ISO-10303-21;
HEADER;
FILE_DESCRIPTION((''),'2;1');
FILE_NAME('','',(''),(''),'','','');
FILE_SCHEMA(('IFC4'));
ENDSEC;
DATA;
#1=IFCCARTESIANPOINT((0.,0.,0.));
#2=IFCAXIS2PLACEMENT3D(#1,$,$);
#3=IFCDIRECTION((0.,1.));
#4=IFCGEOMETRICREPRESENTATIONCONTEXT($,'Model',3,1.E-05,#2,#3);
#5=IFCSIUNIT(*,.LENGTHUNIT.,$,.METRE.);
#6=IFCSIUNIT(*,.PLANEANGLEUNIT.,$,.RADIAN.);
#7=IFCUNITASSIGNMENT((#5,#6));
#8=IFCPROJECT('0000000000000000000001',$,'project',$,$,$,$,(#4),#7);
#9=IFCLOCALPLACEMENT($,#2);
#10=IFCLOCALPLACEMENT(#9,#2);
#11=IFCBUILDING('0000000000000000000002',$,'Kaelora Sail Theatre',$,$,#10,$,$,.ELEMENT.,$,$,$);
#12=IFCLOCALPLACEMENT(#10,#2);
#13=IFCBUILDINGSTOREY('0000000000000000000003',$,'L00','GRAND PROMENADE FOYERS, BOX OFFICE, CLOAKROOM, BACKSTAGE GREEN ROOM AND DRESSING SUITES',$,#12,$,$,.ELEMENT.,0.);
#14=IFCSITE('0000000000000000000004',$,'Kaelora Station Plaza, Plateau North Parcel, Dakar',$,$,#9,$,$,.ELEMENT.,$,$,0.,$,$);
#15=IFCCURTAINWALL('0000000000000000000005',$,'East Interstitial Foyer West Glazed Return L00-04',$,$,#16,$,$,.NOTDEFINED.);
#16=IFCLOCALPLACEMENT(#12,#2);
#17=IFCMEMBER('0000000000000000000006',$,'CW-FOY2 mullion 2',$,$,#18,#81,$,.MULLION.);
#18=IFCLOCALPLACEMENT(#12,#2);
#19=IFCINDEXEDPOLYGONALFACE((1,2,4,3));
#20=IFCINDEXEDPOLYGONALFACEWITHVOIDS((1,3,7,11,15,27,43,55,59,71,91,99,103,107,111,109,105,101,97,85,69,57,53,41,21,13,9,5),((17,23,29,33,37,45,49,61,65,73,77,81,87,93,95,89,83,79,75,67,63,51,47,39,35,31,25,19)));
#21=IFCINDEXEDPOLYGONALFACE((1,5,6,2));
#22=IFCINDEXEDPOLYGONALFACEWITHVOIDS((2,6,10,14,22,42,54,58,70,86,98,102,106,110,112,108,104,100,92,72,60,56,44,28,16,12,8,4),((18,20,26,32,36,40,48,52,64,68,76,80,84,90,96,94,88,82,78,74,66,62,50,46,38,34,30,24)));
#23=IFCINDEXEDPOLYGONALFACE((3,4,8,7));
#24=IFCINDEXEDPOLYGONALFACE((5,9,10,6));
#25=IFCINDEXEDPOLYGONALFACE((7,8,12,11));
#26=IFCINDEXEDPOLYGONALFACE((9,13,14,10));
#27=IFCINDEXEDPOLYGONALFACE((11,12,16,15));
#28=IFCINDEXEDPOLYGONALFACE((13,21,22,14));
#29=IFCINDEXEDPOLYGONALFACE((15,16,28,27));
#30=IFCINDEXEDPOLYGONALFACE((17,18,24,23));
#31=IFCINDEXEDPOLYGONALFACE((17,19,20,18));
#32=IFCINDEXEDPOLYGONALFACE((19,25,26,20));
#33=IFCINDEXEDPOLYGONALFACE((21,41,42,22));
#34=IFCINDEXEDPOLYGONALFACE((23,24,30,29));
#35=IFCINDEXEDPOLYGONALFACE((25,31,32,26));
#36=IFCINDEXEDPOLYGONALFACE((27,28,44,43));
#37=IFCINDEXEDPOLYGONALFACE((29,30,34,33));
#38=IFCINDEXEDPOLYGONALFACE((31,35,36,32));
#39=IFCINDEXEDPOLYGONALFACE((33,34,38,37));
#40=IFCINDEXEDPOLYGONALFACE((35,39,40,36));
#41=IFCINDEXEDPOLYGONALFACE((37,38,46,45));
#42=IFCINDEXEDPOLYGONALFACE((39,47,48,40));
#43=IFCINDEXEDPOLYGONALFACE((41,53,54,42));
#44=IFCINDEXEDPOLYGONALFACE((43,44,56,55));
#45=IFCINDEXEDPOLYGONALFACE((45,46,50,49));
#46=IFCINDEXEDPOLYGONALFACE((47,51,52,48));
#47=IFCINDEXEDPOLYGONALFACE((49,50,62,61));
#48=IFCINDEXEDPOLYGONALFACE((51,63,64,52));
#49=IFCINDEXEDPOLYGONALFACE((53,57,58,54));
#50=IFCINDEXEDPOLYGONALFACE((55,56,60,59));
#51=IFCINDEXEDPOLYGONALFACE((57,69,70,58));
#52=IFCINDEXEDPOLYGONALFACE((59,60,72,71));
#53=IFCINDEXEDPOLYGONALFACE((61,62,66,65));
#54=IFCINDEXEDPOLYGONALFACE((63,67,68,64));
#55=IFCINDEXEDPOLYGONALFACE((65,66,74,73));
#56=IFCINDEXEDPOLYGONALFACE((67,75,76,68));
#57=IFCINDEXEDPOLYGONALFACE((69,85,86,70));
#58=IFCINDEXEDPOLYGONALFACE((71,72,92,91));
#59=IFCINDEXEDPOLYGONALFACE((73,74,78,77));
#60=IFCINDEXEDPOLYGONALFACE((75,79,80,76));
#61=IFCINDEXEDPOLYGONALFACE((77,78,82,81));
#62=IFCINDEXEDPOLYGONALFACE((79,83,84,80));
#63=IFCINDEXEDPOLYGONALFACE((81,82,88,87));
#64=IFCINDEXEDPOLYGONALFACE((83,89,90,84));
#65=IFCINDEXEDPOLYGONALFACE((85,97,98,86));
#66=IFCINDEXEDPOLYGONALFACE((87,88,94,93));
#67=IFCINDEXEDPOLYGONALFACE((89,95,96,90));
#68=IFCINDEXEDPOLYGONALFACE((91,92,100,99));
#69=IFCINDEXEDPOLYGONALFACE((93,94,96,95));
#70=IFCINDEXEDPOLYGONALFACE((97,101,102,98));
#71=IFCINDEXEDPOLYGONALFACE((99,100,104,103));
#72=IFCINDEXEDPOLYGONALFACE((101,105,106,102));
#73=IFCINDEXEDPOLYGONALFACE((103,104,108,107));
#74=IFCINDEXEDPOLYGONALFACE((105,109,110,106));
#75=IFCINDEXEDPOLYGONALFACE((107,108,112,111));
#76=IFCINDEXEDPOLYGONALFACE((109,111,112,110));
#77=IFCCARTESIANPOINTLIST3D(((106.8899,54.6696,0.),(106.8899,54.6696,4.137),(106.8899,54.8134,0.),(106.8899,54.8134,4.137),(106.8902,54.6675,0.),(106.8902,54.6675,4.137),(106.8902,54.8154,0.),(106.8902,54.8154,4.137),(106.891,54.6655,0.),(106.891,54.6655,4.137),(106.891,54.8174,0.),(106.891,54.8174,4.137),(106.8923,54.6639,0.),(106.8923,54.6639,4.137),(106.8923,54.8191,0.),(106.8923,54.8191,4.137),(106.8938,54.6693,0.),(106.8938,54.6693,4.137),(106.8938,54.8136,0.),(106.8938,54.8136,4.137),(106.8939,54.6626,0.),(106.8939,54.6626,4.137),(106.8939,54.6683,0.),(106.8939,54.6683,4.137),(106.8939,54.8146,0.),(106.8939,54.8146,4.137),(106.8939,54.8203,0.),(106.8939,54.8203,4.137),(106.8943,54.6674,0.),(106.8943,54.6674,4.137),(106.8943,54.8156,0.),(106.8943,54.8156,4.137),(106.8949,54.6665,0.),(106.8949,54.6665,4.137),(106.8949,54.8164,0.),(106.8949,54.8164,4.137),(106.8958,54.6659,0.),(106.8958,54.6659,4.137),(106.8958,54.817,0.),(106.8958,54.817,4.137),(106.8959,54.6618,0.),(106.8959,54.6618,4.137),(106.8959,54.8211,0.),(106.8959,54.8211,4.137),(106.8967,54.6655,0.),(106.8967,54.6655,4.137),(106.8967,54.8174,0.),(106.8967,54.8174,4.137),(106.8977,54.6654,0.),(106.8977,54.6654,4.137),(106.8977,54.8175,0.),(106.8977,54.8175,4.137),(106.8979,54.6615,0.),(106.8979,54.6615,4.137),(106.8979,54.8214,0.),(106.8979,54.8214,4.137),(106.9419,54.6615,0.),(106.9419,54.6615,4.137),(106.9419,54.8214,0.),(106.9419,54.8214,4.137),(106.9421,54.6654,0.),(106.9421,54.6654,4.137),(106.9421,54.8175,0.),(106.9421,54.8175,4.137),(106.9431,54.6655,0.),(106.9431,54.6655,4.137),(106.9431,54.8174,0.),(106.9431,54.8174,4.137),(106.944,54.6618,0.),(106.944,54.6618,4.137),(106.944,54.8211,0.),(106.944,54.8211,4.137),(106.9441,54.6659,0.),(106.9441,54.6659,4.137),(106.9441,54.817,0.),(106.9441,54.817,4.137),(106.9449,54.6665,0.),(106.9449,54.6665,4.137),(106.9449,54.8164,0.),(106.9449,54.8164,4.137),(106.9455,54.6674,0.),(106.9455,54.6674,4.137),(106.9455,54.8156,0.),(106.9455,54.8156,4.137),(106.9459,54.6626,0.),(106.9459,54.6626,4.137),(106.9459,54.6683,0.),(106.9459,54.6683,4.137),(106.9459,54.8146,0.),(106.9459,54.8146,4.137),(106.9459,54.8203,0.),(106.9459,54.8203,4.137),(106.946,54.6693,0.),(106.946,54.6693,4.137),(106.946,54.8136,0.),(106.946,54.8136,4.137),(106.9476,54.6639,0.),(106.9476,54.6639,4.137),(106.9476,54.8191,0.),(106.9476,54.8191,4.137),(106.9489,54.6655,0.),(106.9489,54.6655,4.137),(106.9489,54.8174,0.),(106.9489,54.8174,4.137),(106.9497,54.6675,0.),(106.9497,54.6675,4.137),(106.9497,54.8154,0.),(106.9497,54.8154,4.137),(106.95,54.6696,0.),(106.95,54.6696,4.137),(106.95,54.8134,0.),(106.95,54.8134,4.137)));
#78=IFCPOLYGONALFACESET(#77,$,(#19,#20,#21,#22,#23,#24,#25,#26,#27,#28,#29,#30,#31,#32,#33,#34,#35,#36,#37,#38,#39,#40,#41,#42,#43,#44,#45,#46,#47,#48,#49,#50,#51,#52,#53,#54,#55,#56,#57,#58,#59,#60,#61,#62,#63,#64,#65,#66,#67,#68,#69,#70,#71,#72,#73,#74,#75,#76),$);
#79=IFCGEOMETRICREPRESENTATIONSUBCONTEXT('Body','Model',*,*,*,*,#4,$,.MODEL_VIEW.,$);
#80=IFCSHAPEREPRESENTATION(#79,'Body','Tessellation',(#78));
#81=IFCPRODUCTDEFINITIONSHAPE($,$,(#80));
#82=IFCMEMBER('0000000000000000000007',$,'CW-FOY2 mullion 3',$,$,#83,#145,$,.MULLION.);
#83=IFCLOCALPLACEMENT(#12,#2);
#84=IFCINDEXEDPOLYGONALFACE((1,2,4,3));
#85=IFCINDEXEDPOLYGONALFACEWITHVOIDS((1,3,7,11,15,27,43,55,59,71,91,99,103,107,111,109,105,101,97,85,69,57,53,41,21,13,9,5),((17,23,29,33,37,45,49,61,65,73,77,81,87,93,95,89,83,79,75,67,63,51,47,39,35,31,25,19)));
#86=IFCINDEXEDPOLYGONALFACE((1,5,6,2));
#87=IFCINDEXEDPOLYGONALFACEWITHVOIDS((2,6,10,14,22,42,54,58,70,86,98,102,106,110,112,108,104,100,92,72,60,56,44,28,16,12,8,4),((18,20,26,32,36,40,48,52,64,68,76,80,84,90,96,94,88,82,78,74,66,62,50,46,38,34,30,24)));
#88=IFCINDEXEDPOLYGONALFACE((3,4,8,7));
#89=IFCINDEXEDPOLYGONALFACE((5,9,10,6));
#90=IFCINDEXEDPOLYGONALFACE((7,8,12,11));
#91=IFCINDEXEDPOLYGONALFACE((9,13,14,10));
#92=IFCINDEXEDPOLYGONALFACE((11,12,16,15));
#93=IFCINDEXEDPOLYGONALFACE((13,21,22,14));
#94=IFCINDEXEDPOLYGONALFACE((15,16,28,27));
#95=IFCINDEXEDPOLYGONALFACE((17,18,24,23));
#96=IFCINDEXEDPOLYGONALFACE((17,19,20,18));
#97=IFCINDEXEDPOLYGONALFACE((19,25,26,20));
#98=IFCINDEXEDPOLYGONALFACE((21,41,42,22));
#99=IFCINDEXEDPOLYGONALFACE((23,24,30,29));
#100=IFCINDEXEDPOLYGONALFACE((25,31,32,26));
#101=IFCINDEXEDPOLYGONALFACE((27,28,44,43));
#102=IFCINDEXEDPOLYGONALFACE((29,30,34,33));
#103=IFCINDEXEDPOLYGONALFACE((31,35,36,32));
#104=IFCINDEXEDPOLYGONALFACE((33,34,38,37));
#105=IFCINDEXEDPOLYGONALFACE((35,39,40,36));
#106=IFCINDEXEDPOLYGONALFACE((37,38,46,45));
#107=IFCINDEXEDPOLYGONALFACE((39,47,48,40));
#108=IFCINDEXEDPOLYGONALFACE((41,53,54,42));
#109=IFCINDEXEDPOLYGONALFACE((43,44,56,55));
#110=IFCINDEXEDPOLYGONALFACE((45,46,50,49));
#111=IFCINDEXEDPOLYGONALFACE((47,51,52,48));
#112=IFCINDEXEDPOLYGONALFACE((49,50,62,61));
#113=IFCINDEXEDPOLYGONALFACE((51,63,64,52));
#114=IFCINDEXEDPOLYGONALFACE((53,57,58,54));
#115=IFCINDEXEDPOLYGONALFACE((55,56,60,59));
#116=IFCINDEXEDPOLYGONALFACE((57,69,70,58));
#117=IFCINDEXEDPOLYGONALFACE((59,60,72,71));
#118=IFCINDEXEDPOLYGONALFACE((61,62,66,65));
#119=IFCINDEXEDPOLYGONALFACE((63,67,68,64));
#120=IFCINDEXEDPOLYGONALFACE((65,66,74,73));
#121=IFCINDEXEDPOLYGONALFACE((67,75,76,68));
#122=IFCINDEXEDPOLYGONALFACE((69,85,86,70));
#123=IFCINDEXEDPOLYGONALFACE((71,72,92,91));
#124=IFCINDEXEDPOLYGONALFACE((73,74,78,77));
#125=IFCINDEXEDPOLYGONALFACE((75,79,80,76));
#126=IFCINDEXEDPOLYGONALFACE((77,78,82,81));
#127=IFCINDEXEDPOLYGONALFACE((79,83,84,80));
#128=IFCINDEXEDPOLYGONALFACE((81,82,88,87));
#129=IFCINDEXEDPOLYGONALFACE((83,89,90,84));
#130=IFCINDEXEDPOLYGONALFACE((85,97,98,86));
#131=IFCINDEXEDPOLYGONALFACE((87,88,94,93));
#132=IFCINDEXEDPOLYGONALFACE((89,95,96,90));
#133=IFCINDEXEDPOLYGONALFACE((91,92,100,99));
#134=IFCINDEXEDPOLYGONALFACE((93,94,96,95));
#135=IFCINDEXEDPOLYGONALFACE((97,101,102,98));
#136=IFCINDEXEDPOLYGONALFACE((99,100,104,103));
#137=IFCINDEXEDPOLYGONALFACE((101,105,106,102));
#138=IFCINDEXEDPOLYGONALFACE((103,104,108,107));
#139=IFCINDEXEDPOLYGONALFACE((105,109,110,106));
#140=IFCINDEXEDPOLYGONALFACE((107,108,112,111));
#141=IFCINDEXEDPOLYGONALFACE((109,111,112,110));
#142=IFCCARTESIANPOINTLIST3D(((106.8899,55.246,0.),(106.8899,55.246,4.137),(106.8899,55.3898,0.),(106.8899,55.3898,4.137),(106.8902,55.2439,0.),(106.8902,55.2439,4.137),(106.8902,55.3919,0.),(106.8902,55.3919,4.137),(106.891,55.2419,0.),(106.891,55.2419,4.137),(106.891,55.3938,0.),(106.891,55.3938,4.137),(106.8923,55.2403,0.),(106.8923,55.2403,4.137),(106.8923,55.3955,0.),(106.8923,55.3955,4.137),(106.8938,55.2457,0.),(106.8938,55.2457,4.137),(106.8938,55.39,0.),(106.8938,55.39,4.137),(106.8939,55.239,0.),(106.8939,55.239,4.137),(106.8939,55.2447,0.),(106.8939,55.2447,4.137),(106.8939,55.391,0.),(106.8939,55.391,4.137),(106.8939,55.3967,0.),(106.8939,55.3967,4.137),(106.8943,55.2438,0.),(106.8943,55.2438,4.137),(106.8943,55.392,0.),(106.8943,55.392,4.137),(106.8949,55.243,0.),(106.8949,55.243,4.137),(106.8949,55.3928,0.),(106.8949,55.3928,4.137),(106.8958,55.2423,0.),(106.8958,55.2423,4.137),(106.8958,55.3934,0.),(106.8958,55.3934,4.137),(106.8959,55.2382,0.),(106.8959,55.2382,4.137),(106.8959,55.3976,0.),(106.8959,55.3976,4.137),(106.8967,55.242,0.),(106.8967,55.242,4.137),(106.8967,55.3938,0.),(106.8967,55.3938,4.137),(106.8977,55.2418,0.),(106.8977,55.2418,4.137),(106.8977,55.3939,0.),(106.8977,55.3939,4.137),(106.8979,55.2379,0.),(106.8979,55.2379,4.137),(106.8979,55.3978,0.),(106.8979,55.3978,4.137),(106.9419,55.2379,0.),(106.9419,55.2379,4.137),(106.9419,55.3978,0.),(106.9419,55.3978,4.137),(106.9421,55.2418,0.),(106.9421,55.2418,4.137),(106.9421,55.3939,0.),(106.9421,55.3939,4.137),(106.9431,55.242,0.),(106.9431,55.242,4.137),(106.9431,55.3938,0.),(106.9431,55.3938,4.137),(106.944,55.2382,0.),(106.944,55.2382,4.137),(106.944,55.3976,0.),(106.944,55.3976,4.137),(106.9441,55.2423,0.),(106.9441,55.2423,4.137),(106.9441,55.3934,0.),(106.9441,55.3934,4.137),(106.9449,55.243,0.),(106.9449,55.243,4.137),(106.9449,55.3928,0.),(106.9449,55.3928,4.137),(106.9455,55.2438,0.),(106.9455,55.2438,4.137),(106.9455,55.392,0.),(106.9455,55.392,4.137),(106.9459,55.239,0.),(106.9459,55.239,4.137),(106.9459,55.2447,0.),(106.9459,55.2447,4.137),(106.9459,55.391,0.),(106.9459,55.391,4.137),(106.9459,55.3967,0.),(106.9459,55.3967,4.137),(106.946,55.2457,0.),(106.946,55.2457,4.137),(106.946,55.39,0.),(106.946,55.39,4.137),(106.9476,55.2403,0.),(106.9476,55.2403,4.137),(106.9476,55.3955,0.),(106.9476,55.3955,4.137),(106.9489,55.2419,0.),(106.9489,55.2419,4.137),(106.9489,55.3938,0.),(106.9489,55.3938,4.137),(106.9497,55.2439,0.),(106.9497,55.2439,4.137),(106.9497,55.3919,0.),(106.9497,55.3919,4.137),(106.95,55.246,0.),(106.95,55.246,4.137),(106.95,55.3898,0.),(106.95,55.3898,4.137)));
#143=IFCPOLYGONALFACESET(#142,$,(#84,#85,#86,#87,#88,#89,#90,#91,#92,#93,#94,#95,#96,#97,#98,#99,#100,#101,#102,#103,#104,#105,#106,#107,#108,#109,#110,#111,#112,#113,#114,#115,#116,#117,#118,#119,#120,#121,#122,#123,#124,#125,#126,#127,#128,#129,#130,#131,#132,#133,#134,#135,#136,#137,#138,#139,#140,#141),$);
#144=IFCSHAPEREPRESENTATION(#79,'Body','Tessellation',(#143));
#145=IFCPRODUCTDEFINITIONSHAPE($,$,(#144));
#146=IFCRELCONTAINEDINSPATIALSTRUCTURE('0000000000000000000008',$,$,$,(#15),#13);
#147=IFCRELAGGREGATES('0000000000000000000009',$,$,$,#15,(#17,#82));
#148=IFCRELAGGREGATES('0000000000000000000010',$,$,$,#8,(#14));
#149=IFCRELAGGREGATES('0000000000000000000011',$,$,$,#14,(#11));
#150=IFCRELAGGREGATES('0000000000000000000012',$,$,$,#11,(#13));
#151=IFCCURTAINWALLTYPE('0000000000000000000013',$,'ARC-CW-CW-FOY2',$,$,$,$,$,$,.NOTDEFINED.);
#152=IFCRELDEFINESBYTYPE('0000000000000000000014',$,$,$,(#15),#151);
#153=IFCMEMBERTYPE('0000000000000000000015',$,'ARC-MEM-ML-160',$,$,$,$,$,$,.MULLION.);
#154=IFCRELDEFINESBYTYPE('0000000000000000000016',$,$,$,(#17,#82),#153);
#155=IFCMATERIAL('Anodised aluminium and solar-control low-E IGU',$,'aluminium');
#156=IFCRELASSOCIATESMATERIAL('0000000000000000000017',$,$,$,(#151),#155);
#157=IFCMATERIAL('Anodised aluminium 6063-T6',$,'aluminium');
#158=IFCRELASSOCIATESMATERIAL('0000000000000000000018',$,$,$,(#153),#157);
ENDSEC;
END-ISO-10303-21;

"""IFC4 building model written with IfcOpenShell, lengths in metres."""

from ifc_helpers import new_model, si_unit, direction, frame, origin, origin_2d, place, context, subcontext, project, spatial, hollow_rectangle, extrude, material, material_profile, profile_set, type_object, element, aggregate, save


model = new_model("IFC4")

# Units and contexts
model_context = context("Model", 3, precision=1e-05, world=origin(), true_north=direction((0.0, 1.0)))
body_context = subcontext(model_context, "Body", "Model", "MODEL_VIEW")
ifc_project = project(units=[si_unit("LENGTHUNIT", "METRE"), si_unit("PLANEANGLEUNIT", "RADIAN")], contexts=[model_context])

# Site, building, storey
site_placement = place(None, origin())
site = spatial("IfcSite", under=ifc_project, at=site_placement, Name="Kaelora Station Plaza, Plateau North Parcel, Dakar", CompositionType="ELEMENT", RefElevation=0.0)
building_placement = place(site_placement, origin())
building = spatial("IfcBuilding", under=site, at=building_placement, Name="Kaelora Sail Theatre", CompositionType="ELEMENT")
storey_placement = place(building_placement, origin())
storey = spatial("IfcBuildingStorey", under=building, at=storey_placement, Name="L00", Description="GRAND PROMENADE FOYERS, BOX OFFICE, CLOAKROOM, BACKSTAGE GREEN ROOM AND DRESSING SUITES", CompositionType="ELEMENT", Elevation=0.0)

# Curtain wall, members
ifc_material_1 = material(Name="Anodised aluminium and solar-control low-E IGU", Category="aluminium")
curtain_wall_type = type_object("IfcCurtainWallType", Name="ARC-CW-CW-FOY2", PredefinedType="NOTDEFINED", material=ifc_material_1)
curtain_wall_placement = place(storey_placement, origin())
curtain_wall = element("IfcCurtainWall", 1, at=curtain_wall_placement, inside=storey, type_object=curtain_wall_type, Name="East Interstitial Foyer West Glazed Return L00-04", PredefinedType="NOTDEFINED")
ifc_material_2 = material(Name="Anodised aluminium 6063-T6", Category="aluminium")
ifc_material_profile_1 = material_profile(ifc_material_2, hollow_rectangle(XDim=0.0601, YDim=0.1599, WallThickness=0.0039, InnerFilletRadius=0.0039, OuterFilletRadius=0.0081, at=origin_2d()), Name="ALU-MULL 60x160x4")
ifc_profile_set_1 = profile_set([ifc_material_profile_1], Name="Anodised aluminium 6063-T6")
member_type_1 = type_object("IfcMemberType", Name="ARC-MEM-ML-160", PredefinedType="MULLION", material=ifc_profile_set_1)
member_1_placement = place(storey_placement, frame((106.9199, 54.7415, 0.0), z_axis=(0.0, 0.0, 1.0), x_axis=(-1.0, 0.0, 0.0)))
member_1 = element("IfcMember", 2, at=member_1_placement, type_object=member_type_1, Name="CW-FOY2 mullion 2", PredefinedType="MULLION", context=body_context, shape_type="SweptSolid", body=[
    extrude(hollow_rectangle(XDim=0.0601, YDim=0.1599, WallThickness=0.0039, InnerFilletRadius=0.0039, OuterFilletRadius=0.0081, at=origin_2d()), origin(), (0.0, 0.0, 1.0), 4.137),
])
member_2_placement = place(storey_placement, frame((106.9199, 55.3179, 0.0), z_axis=(0.0, 0.0, 1.0), x_axis=(-1.0, 0.0, 0.0)))
member_2 = element("IfcMember", 3, at=member_2_placement, type_object=member_type_1, Name="CW-FOY2 mullion 3", PredefinedType="MULLION", context=body_context, shape_type="SweptSolid", body=[
    extrude(hollow_rectangle(XDim=0.0601, YDim=0.1599, WallThickness=0.0039, InnerFilletRadius=0.0039, OuterFilletRadius=0.0081, at=origin_2d()), origin(), (0.0, 0.0, 1.0), 4.137),
])
aggregate(curtain_wall, [member_1, member_2])

save(model, "model.ifc")
